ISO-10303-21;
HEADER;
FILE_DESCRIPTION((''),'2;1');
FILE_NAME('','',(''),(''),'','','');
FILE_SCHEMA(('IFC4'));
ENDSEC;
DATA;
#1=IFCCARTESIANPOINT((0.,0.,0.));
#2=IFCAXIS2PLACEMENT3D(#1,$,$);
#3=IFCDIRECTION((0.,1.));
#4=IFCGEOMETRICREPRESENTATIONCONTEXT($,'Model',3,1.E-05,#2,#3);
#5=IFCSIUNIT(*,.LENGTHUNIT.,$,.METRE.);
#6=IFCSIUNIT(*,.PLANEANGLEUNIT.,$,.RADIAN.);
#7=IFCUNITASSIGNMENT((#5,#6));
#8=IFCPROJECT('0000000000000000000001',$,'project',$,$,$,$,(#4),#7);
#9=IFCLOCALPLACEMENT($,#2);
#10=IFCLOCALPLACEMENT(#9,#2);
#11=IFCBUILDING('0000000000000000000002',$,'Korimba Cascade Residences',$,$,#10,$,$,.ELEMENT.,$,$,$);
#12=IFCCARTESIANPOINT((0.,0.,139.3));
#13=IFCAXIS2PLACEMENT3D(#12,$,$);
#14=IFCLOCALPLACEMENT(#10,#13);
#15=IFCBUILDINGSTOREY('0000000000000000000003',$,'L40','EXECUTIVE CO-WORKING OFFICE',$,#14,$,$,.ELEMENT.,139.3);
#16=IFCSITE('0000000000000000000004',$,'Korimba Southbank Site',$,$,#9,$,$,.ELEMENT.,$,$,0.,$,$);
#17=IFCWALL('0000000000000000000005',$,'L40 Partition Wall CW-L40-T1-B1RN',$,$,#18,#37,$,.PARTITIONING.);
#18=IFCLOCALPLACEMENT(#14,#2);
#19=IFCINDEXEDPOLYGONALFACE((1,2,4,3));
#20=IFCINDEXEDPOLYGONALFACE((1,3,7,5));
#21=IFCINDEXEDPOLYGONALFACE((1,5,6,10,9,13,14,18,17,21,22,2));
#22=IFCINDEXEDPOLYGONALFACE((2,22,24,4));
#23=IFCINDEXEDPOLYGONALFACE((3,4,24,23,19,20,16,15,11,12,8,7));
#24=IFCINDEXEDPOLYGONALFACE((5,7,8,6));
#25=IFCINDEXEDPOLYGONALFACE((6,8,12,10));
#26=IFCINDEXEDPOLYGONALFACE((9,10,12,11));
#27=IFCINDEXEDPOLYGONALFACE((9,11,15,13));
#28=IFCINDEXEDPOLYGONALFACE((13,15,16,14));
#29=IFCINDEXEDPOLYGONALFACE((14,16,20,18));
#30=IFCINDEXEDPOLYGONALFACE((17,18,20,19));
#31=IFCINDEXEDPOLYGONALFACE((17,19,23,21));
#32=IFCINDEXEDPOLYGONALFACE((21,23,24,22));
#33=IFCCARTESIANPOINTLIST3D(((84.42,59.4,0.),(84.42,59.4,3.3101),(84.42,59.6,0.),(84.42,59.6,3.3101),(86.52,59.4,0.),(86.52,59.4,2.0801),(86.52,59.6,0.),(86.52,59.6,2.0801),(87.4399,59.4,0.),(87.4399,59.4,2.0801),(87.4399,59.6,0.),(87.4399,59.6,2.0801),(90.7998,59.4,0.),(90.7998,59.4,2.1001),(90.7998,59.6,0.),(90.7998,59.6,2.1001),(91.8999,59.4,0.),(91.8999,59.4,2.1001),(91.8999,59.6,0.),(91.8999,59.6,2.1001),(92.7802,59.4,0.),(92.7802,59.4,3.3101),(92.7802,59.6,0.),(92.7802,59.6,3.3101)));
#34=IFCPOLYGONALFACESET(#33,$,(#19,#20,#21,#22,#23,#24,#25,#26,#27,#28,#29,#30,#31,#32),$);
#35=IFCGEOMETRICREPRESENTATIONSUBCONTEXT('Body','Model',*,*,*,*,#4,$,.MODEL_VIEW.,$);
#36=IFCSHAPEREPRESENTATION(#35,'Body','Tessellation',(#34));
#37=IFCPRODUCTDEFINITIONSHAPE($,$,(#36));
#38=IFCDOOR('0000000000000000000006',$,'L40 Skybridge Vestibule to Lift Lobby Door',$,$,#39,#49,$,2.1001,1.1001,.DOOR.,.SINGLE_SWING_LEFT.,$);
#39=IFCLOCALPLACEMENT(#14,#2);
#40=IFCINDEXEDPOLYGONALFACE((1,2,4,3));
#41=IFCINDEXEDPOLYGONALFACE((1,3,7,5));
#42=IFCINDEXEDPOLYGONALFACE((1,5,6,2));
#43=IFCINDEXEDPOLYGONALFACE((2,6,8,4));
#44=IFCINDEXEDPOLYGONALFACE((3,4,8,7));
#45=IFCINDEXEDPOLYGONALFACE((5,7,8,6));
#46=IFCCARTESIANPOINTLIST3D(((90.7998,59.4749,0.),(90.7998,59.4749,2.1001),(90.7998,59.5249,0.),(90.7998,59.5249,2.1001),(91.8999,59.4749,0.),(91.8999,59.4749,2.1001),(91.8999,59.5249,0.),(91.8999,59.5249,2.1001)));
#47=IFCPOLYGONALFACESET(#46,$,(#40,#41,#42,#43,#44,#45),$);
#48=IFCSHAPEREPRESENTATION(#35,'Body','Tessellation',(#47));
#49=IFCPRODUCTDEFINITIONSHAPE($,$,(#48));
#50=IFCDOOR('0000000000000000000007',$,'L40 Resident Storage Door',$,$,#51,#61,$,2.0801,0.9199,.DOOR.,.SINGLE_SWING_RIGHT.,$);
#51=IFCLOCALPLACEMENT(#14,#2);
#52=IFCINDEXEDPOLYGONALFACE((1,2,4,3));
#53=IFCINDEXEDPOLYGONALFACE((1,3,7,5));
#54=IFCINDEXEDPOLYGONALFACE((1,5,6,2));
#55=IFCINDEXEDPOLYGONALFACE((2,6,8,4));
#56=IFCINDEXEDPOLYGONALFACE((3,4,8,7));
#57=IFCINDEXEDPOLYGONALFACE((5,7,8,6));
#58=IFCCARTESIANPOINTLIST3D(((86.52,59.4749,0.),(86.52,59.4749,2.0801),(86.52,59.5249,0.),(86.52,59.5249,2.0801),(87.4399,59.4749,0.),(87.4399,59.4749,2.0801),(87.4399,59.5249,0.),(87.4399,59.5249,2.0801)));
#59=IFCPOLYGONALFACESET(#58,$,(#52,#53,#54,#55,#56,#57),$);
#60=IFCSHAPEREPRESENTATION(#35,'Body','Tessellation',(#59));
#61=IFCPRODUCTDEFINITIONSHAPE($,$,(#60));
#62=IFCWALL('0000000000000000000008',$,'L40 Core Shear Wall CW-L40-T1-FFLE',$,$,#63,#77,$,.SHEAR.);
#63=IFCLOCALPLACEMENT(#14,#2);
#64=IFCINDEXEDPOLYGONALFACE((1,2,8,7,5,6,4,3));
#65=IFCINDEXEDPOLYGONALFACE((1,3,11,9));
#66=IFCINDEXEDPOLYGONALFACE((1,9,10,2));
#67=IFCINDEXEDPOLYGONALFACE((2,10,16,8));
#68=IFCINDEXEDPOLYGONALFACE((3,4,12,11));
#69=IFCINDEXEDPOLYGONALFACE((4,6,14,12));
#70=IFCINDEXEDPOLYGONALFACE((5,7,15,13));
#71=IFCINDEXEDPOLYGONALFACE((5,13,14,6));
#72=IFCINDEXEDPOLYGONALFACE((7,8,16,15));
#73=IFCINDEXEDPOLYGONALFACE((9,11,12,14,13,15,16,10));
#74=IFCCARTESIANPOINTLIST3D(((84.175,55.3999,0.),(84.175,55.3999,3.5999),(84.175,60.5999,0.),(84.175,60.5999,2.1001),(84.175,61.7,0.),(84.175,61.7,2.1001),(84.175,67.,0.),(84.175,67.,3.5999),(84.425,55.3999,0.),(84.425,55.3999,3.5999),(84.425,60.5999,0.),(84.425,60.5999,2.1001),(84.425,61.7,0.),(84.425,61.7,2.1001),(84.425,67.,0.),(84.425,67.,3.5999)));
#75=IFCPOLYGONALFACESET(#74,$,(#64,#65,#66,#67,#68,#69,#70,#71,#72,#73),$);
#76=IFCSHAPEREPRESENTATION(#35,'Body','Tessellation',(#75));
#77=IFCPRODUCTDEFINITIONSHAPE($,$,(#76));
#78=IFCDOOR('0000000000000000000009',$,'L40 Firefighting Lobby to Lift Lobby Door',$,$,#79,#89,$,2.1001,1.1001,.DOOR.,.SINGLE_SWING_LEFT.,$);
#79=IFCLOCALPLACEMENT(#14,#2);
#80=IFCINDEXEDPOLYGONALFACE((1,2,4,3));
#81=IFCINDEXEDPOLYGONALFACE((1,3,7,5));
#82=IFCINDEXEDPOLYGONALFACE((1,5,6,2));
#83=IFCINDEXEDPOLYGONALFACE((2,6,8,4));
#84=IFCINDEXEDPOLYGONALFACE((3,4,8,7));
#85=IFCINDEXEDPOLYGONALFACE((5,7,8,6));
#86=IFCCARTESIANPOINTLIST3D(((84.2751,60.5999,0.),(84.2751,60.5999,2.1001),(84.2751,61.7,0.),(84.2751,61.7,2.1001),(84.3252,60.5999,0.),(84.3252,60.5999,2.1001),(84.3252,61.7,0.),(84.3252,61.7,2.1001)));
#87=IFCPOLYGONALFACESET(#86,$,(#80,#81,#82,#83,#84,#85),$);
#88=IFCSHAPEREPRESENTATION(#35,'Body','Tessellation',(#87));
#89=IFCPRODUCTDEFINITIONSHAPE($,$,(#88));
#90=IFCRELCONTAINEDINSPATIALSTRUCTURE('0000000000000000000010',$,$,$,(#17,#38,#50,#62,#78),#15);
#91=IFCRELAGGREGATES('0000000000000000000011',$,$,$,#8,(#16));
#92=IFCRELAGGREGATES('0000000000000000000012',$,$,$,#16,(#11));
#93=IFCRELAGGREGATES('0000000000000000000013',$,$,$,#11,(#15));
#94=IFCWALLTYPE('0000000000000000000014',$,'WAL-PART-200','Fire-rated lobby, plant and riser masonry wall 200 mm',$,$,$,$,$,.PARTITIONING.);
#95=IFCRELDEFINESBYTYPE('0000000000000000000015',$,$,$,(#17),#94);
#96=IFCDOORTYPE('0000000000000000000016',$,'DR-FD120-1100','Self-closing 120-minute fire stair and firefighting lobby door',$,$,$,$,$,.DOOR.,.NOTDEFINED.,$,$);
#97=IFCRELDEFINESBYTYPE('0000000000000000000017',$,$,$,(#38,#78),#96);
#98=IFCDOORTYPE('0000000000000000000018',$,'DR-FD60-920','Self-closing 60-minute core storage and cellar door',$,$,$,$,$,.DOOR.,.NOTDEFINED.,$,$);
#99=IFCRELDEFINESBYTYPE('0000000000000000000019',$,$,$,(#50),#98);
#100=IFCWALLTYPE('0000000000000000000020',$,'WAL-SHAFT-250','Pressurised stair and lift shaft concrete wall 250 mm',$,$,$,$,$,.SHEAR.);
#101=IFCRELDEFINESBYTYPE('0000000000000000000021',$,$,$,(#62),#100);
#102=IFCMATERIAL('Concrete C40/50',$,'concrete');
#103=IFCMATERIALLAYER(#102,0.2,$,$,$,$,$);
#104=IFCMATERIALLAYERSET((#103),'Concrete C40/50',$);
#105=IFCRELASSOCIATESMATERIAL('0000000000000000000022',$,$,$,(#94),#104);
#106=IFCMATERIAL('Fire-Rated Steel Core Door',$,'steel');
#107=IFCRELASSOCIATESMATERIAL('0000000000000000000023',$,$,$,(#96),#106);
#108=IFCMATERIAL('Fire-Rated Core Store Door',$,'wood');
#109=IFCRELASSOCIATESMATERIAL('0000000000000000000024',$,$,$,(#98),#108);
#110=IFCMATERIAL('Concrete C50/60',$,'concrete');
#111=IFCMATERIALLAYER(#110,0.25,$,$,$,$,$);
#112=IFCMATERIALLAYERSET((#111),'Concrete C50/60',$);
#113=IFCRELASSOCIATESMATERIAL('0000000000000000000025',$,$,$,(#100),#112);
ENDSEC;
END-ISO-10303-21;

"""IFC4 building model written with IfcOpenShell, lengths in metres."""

from ifc_helpers import new_model, si_unit, direction, frame, frame_2d, origin, place, context, subcontext, project, spatial, rectangle, extrude, material, layer, layer_set, type_object, element, fill, save


model = new_model("IFC4")

# Units and contexts
model_context = context("Model", 3, precision=1e-05, world=origin(), true_north=direction((0.0, 1.0)))
body_context = subcontext(model_context, "Body", "Model", "MODEL_VIEW")
ifc_project = project(units=[si_unit("LENGTHUNIT", "METRE"), si_unit("PLANEANGLEUNIT", "RADIAN")], contexts=[model_context])

# Site, building, storey
site_placement = place(None, origin())
site = spatial("IfcSite", under=ifc_project, at=site_placement, Name="Korimba Southbank Site", CompositionType="ELEMENT", RefElevation=0.0)
building_placement = place(site_placement, origin())
building = spatial("IfcBuilding", under=site, at=building_placement, Name="Korimba Cascade Residences", CompositionType="ELEMENT")
storey_placement = place(building_placement, frame((0.0, 0.0, 139.3)))
storey = spatial("IfcBuildingStorey", under=building, at=storey_placement, Name="L40", Description="EXECUTIVE CO-WORKING OFFICE", CompositionType="ELEMENT", Elevation=139.3)

# Shared definitions
ifc_material_1 = material(Name="Concrete C40/50", Category="concrete")
ifc_layer_1 = layer(ifc_material_1, 0.2)
ifc_layer_set_1 = layer_set([ifc_layer_1], Name="Concrete C40/50")
wall_type_1 = type_object("IfcWallType", Name="WAL-PART-200", Description="Fire-rated lobby, plant and riser masonry wall 200 mm", PredefinedType="PARTITIONING", material=ifc_layer_set_1)

# Wall, openings, doors
wall_1_placement = place(storey_placement, frame((84.4199, 59.5, 0.0), z_axis=(0.0, 0.0, 1.0), x_axis=(1.0, 0.0, 0.0)))
wall_1 = element("IfcWall", 1, at=wall_1_placement, inside=storey, type_object=wall_type_1, Name="L40 Partition Wall CW-L40-T1-B1RN", PredefinedType="PARTITIONING", context=body_context, shape_type="SweptSolid", body=[
    extrude(rectangle(XDim=8.3601, YDim=0.2, at=frame_2d((4.1802, 0.0))), origin(), (0.0, 0.0, 1.0), 3.3101),
])
opening_1_placement = place(wall_1_placement, frame((2.1001, 0.0, 0.0)))
opening_1 = element("IfcOpeningElement", 2, at=opening_1_placement, cuts=wall_1, PredefinedType="OPENING", context=body_context, shape_type="SweptSolid", body=[
    extrude(rectangle(XDim=0.9199, YDim=2.0801, at=frame_2d((0.46, 1.04))), frame((0.0, 0.1099, 0.0), z_axis=(0.0, -1.0, 0.0), x_axis=(1.0, 0.0, 0.0)), (0.0, 0.0, 1.0), 0.22),
])
opening_2_placement = place(wall_1_placement, frame((6.3799, 0.0, 0.0)))
opening_2 = element("IfcOpeningElement", 3, at=opening_2_placement, cuts=wall_1, PredefinedType="OPENING", context=body_context, shape_type="SweptSolid", body=[
    extrude(rectangle(XDim=1.1001, YDim=2.1001, at=frame_2d((0.55, 1.05))), frame((0.0, 0.1099, 0.0), z_axis=(0.0, -1.0, 0.0), x_axis=(1.0, 0.0, 0.0)), (0.0, 0.0, 1.0), 0.22),
])
ifc_material_2 = material(Name="Fire-Rated Steel Core Door", Category="steel")
door_type_1 = type_object("IfcDoorType", Name="DR-FD120-1100", Description="Self-closing 120-minute fire stair and firefighting lobby door", OperationType="NOTDEFINED", PredefinedType="DOOR", material=ifc_material_2)
door_1_placement = place(opening_2_placement, origin())
door_1 = element("IfcDoor", 4, at=door_1_placement, inside=storey, type_object=door_type_1, Name="L40 Skybridge Vestibule to Lift Lobby Door", OperationType="SINGLE_SWING_LEFT", OverallHeight=2.1001, OverallWidth=1.1001, PredefinedType="DOOR", context=body_context, shape_type="SweptSolid", body=[
    extrude(rectangle(XDim=1.1001, YDim=2.1001, at=frame_2d((0.55, 1.05))), frame((0.0, 0.0249, 0.0), z_axis=(0.0, -1.0, 0.0), x_axis=(1.0, 0.0, 0.0)), (0.0, 0.0, 1.0), 0.05),
])
fill(opening_2, door_1)
ifc_material_3 = material(Name="Fire-Rated Core Store Door", Category="wood")
door_type_2 = type_object("IfcDoorType", Name="DR-FD60-920", Description="Self-closing 60-minute core storage and cellar door", OperationType="NOTDEFINED", PredefinedType="DOOR", material=ifc_material_3)
door_2_placement = place(opening_1_placement, origin())
door_2 = element("IfcDoor", 5, at=door_2_placement, inside=storey, type_object=door_type_2, Name="L40 Resident Storage Door", OperationType="SINGLE_SWING_RIGHT", OverallHeight=2.0801, OverallWidth=0.9199, PredefinedType="DOOR", context=body_context, shape_type="SweptSolid", body=[
    extrude(rectangle(XDim=0.9199, YDim=2.0801, at=frame_2d((0.46, 1.04))), frame((0.0, 0.0249, 0.0), z_axis=(0.0, -1.0, 0.0), x_axis=(1.0, 0.0, 0.0)), (0.0, 0.0, 1.0), 0.05),
])
fill(opening_1, door_2)

# Wall, opening, door
ifc_material_4 = material(Name="Concrete C50/60", Category="concrete")
ifc_layer_2 = layer(ifc_material_4, 0.25)
ifc_layer_set_2 = layer_set([ifc_layer_2], Name="Concrete C50/60")
wall_type_2 = type_object("IfcWallType", Name="WAL-SHAFT-250", Description="Pressurised stair and lift shaft concrete wall 250 mm", PredefinedType="SHEAR", material=ifc_layer_set_2)
wall_2_placement = place(storey_placement, frame((84.3, 55.3999, 0.0), z_axis=(0.0, 0.0, 1.0), x_axis=(0.0, 1.0, 0.0)))
wall_2 = element("IfcWall", 6, at=wall_2_placement, inside=storey, type_object=wall_type_2, Name="L40 Core Shear Wall CW-L40-T1-FFLE", PredefinedType="SHEAR", context=body_context, shape_type="SweptSolid", body=[
    extrude(rectangle(XDim=11.6001, YDim=0.25, at=frame_2d((5.8, 0.0))), origin(), (0.0, 0.0, 1.0), 3.5999),
])
opening_3_placement = place(wall_2_placement, frame((5.2, 0.0, 0.0)))
opening_3 = element("IfcOpeningElement", 7, at=opening_3_placement, cuts=wall_2, PredefinedType="OPENING", context=body_context, shape_type="SweptSolid", body=[
    extrude(rectangle(XDim=1.1001, YDim=2.1001, at=frame_2d((0.55, 1.05))), frame((0.0, 0.135, 0.0), z_axis=(0.0, -1.0, 0.0), x_axis=(1.0, 0.0, 0.0)), (0.0, 0.0, 1.0), 0.27),
])
door_3_placement = place(opening_3_placement, origin())
door_3 = element("IfcDoor", 8, at=door_3_placement, inside=storey, type_object=door_type_1, Name="L40 Firefighting Lobby to Lift Lobby Door", OperationType="SINGLE_SWING_LEFT", OverallHeight=2.1001, OverallWidth=1.1001, PredefinedType="DOOR", context=body_context, shape_type="SweptSolid", body=[
    extrude(rectangle(XDim=1.1001, YDim=2.1001, at=frame_2d((0.55, 1.05))), frame((0.0, 0.0249, 0.0), z_axis=(0.0, -1.0, 0.0), x_axis=(1.0, 0.0, 0.0)), (0.0, 0.0, 1.0), 0.05),
])
fill(opening_3, door_3)

save(model, "model.ifc")
